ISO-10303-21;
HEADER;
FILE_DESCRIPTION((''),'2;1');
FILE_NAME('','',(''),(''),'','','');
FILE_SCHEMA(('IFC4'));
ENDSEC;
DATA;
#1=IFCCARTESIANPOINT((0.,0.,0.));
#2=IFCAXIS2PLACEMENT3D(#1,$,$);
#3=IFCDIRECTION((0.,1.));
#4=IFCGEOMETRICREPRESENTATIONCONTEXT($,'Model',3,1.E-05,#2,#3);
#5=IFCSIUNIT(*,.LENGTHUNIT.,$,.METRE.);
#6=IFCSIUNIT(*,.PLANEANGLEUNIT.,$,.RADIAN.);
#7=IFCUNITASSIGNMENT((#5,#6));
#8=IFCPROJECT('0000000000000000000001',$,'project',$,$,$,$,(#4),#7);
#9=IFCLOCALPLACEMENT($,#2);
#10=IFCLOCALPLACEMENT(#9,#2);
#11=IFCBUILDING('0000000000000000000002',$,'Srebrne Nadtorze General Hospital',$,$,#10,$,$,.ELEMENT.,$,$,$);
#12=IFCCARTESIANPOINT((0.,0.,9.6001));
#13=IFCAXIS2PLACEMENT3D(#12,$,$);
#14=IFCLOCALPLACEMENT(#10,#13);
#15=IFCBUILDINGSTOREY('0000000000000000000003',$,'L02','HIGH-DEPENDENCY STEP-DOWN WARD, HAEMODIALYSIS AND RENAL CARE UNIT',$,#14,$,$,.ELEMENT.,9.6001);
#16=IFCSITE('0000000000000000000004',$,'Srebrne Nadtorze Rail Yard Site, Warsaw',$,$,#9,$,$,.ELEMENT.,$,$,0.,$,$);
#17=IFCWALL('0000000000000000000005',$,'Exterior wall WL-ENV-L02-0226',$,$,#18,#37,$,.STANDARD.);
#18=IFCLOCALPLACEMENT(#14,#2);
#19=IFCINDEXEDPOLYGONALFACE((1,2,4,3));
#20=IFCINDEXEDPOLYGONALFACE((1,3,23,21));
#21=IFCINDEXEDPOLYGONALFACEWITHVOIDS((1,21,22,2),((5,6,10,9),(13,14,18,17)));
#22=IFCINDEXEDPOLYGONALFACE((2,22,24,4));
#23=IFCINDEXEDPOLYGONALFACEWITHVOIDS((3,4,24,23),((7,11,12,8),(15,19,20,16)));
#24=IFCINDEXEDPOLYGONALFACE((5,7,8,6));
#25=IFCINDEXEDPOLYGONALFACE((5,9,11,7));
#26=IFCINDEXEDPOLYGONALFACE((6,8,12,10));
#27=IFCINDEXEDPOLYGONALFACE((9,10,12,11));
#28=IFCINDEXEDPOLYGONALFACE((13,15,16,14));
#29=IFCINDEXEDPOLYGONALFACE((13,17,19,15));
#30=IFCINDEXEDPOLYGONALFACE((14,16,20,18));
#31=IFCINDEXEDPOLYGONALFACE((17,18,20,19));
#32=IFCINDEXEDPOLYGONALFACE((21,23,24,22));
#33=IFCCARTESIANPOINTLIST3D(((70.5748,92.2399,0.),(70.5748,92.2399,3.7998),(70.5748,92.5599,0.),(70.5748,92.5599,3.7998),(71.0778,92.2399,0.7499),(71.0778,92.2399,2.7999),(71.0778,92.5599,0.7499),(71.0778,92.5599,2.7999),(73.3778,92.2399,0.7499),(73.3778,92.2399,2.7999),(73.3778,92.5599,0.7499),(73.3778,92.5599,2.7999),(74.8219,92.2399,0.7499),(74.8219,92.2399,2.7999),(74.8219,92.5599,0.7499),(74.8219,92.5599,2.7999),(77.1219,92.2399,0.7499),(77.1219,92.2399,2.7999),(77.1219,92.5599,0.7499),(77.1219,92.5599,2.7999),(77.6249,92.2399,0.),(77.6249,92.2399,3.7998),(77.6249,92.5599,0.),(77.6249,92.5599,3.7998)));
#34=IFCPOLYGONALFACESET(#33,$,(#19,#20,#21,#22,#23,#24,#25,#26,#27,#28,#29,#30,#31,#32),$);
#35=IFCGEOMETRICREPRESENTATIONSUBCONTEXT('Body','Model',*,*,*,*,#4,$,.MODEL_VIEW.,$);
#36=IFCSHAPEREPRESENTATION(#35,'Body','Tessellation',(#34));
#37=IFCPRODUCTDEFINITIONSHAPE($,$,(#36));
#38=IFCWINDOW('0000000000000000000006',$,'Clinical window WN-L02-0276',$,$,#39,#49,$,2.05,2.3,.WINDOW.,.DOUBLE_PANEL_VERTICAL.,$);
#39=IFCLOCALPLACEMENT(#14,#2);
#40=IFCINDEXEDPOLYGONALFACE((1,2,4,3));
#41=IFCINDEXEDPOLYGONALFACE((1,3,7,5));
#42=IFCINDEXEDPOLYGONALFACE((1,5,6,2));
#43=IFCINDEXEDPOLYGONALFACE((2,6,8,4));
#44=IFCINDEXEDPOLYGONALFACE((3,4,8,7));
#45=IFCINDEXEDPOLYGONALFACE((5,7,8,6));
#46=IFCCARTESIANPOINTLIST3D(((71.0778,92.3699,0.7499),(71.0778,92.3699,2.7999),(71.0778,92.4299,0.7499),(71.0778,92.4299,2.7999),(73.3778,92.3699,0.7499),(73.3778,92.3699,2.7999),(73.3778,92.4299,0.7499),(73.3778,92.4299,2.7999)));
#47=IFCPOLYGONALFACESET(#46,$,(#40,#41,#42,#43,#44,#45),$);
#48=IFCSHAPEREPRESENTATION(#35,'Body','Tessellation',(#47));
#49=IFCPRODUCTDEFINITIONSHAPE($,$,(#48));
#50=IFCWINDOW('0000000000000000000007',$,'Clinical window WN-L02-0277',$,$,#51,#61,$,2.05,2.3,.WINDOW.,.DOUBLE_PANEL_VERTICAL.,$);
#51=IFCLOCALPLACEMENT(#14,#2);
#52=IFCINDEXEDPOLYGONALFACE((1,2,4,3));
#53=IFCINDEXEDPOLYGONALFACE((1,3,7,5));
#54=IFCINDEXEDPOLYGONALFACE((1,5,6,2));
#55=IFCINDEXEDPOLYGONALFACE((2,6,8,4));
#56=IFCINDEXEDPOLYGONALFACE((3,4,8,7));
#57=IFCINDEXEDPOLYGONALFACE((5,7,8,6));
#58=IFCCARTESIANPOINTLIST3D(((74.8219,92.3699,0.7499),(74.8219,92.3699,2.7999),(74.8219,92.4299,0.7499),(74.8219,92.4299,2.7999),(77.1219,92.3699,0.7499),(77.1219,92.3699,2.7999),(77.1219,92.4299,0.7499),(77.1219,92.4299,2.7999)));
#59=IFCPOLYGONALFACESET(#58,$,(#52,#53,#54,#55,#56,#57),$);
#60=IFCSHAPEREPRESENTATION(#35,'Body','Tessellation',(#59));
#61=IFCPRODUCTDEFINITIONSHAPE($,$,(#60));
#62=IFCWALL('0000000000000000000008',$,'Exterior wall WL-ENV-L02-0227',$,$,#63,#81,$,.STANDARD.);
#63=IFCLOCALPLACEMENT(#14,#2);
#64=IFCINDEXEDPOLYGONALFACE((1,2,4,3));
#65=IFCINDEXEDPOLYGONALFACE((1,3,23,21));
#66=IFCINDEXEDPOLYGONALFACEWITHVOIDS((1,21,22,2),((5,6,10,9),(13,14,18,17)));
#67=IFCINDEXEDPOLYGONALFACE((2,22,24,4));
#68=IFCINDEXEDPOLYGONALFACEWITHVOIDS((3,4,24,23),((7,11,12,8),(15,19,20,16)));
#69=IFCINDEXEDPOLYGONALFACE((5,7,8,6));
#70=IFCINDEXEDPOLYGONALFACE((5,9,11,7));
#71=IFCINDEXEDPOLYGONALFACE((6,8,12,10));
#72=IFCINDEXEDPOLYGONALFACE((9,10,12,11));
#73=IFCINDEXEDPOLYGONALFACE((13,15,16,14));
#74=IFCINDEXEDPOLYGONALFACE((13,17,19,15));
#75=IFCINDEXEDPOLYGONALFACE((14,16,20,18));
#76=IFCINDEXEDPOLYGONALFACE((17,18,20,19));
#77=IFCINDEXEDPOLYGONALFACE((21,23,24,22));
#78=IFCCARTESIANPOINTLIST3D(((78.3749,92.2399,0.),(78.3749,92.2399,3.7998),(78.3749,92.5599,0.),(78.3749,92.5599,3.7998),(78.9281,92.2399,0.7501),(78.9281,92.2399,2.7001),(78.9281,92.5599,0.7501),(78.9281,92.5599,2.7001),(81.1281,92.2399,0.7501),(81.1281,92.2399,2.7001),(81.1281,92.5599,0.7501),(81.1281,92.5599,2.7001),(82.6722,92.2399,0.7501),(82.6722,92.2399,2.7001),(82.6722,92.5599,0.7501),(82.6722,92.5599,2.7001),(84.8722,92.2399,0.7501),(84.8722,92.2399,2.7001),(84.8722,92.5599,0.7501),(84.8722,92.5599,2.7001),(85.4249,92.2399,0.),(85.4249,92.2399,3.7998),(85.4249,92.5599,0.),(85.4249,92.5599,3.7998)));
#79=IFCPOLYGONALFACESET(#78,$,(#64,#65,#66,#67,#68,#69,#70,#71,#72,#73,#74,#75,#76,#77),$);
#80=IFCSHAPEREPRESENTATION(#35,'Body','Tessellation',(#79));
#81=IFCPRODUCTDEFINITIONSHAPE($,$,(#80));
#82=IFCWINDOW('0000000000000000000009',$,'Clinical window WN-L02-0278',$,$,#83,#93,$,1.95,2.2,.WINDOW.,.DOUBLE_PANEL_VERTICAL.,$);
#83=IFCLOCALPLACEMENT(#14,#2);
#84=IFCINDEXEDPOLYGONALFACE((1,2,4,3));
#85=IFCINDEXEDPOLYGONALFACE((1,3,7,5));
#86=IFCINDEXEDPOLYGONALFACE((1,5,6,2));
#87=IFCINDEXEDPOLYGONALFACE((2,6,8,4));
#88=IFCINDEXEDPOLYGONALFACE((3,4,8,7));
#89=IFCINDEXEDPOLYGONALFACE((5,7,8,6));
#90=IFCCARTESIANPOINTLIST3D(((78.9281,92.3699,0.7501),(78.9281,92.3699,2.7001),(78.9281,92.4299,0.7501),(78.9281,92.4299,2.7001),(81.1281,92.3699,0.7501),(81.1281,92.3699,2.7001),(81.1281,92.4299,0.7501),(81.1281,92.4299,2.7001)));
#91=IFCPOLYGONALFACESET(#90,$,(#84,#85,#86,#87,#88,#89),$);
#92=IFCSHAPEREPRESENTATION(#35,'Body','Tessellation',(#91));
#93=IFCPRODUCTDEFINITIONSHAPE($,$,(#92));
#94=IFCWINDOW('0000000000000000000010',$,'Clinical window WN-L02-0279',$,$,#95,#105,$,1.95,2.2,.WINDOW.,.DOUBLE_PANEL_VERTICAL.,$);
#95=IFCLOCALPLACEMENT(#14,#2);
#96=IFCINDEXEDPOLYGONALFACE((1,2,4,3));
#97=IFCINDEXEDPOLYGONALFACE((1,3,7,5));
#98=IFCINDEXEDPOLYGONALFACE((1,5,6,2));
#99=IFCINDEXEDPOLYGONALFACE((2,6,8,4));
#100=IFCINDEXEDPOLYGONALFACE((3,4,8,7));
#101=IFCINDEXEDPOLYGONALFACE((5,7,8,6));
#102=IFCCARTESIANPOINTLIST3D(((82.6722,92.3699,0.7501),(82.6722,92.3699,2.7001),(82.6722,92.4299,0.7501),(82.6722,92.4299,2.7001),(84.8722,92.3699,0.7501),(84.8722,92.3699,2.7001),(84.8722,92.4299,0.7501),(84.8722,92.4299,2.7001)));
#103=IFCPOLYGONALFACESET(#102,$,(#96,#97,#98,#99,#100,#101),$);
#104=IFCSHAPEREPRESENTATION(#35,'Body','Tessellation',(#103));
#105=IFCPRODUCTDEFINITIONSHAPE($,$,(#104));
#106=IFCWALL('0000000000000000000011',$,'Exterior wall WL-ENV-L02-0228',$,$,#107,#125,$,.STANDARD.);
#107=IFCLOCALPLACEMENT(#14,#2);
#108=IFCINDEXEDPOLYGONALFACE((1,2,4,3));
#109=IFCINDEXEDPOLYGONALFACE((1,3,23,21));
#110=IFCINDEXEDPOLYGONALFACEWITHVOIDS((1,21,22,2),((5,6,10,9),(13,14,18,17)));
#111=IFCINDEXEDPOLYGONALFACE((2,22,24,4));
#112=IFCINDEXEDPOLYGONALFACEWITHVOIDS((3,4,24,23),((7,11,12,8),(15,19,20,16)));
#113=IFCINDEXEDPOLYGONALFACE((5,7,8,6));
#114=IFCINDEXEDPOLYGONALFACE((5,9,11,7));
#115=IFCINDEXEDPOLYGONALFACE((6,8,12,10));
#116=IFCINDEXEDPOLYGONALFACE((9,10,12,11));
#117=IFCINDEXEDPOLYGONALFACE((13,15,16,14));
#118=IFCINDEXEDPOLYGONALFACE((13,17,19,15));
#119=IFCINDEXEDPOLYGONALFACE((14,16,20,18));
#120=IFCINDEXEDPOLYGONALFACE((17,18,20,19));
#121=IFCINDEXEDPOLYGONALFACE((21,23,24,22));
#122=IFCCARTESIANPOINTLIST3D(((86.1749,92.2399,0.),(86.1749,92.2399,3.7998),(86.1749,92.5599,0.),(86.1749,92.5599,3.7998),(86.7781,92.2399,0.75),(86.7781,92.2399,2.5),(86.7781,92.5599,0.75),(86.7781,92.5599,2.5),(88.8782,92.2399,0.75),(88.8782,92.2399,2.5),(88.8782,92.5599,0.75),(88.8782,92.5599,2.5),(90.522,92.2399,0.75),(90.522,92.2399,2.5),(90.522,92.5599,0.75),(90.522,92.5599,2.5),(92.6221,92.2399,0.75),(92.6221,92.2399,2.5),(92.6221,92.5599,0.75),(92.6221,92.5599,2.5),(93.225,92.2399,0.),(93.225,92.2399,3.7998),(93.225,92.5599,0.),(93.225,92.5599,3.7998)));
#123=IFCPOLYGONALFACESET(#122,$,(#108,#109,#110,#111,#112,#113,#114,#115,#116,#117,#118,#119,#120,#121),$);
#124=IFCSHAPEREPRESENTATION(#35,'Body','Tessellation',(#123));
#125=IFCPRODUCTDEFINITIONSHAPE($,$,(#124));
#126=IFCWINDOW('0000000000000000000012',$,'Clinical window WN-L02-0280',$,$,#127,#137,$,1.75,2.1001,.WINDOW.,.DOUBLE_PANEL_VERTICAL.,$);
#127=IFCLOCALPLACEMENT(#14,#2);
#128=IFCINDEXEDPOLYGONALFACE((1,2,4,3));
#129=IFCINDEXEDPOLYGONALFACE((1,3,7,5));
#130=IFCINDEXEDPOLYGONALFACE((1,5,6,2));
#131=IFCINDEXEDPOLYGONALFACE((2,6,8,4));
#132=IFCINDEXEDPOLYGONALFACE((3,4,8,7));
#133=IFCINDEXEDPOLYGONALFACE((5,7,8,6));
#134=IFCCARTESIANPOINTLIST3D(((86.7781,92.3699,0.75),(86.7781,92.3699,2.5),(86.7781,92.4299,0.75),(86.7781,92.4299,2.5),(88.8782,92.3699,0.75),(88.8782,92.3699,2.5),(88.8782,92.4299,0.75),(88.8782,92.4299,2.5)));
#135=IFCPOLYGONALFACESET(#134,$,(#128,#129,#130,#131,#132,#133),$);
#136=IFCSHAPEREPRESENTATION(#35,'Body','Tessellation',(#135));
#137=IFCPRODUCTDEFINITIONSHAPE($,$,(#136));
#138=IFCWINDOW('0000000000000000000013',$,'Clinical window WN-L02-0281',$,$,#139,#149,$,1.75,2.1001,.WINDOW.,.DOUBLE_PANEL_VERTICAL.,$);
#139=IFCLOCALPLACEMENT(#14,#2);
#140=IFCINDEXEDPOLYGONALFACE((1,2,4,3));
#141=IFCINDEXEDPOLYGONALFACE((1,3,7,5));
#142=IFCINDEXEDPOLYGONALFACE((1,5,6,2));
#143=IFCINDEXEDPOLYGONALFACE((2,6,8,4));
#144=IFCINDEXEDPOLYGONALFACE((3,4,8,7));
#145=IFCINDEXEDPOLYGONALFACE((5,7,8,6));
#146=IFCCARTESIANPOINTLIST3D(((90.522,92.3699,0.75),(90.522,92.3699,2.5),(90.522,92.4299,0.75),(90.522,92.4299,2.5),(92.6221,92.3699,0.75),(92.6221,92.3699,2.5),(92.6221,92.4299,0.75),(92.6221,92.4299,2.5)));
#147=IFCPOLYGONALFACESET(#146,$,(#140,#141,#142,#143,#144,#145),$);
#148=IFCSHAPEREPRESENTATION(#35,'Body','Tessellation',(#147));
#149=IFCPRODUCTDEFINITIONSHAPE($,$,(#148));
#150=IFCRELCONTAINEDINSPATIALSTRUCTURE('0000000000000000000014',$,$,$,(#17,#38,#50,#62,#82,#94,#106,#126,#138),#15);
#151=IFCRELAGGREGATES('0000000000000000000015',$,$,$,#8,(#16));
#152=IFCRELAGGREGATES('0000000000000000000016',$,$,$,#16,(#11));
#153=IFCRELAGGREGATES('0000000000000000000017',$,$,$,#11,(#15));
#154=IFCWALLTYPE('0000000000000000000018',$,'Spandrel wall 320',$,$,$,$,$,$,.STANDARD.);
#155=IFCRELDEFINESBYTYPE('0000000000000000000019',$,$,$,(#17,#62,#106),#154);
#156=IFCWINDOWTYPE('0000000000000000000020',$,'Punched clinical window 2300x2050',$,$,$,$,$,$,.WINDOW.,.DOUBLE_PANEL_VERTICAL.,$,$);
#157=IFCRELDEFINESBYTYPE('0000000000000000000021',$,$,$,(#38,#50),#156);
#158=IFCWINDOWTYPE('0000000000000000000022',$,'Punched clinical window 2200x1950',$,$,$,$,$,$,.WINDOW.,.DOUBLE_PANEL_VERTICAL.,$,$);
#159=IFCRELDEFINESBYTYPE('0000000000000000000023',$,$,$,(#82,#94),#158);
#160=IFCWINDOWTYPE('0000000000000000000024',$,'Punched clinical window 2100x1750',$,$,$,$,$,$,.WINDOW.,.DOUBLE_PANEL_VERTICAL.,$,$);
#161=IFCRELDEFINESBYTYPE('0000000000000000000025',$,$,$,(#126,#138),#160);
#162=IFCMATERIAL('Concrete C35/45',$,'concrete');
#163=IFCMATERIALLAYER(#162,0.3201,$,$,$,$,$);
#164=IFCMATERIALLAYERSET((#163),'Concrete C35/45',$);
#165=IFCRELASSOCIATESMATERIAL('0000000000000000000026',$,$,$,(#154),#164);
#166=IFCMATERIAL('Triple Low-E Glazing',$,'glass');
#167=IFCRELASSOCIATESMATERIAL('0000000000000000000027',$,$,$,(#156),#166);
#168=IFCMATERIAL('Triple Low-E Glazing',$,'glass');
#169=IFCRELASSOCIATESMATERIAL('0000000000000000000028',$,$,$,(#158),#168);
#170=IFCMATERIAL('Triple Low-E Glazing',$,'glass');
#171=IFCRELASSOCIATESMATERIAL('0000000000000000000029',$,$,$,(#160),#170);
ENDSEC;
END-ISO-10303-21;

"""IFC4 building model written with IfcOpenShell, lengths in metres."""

from ifc_helpers import new_model, si_unit, direction, frame, frame_2d, origin, place, context, subcontext, project, spatial, rectangle, extrude, material, layer, layer_set, type_object, element, fill, save


model = new_model("IFC4")

# Units and contexts
model_context = context("Model", 3, precision=1e-05, world=origin(), true_north=direction((0.0, 1.0)))
body_context = subcontext(model_context, "Body", "Model", "MODEL_VIEW")
ifc_project = project(units=[si_unit("LENGTHUNIT", "METRE"), si_unit("PLANEANGLEUNIT", "RADIAN")], contexts=[model_context])

# Site, building, storey
site_placement = place(None, origin())
site = spatial("IfcSite", under=ifc_project, at=site_placement, Name="Srebrne Nadtorze Rail Yard Site, Warsaw", CompositionType="ELEMENT", RefElevation=0.0)
building_placement = place(site_placement, origin())
building = spatial("IfcBuilding", under=site, at=building_placement, Name="Srebrne Nadtorze General Hospital", CompositionType="ELEMENT")
storey_placement = place(building_placement, frame((0.0, 0.0, 9.6001)))
storey = spatial("IfcBuildingStorey", under=building, at=storey_placement, Name="L02", Description="HIGH-DEPENDENCY STEP-DOWN WARD, HAEMODIALYSIS AND RENAL CARE UNIT", CompositionType="ELEMENT", Elevation=9.6001)

# Walls, openings, windows
ifc_material_1 = material(Name="Concrete C35/45", Category="concrete")
ifc_layer_1 = layer(ifc_material_1, 0.3201)
ifc_layer_set_1 = layer_set([ifc_layer_1], Name="Concrete C35/45")
wall_type_1 = type_object("IfcWallType", Name="Spandrel wall 320", PredefinedType="STANDARD", material=ifc_layer_set_1)
wall_1_placement = place(storey_placement, frame((70.575, 92.3999, 0.0), z_axis=(0.0, 0.0, 1.0), x_axis=(1.0, 0.0, 0.0)))
wall_1 = element("IfcWall", 1, at=wall_1_placement, inside=storey, type_object=wall_type_1, Name="Exterior wall WL-ENV-L02-0226", PredefinedType="STANDARD", context=body_context, shape_type="SweptSolid", body=[
    extrude(rectangle(XDim=7.05, YDim=0.3201, at=frame_2d((3.5249, 0.0))), origin(), (0.0, 0.0, 1.0), 3.7998),
])
opening_1_placement = place(wall_1_placement, frame((0.5029, 0.0, 0.75)))
opening_1 = element("IfcOpeningElement", 2, at=opening_1_placement, cuts=wall_1, PredefinedType="OPENING", context=body_context, shape_type="SweptSolid", body=[
    extrude(rectangle(XDim=2.3, YDim=2.05, at=frame_2d((1.1499, 1.0249))), frame((0.0, 0.1719, 0.0), z_axis=(0.0, -1.0, 0.0), x_axis=(1.0, 0.0, 0.0)), (0.0, 0.0, 1.0), 0.344),
])
opening_2_placement = place(wall_1_placement, frame((4.2471, 0.0, 0.75)))
opening_2 = element("IfcOpeningElement", 3, at=opening_2_placement, cuts=wall_1, PredefinedType="OPENING", context=body_context, shape_type="SweptSolid", body=[
    extrude(rectangle(XDim=2.3, YDim=2.05, at=frame_2d((1.1499, 1.0249))), frame((0.0, 0.1719, 0.0), z_axis=(0.0, -1.0, 0.0), x_axis=(1.0, 0.0, 0.0)), (0.0, 0.0, 1.0), 0.344),
])
ifc_material_2 = material(Name="Triple Low-E Glazing", Category="glass")
window_type_1 = type_object("IfcWindowType", Name="Punched clinical window 2300x2050", PartitioningType="DOUBLE_PANEL_VERTICAL", PredefinedType="WINDOW", material=ifc_material_2)
window_1_placement = place(opening_1_placement, origin())
window_1 = element("IfcWindow", 4, at=window_1_placement, inside=storey, type_object=window_type_1, Name="Clinical window WN-L02-0276", OverallHeight=2.05, OverallWidth=2.3, PartitioningType="DOUBLE_PANEL_VERTICAL", PredefinedType="WINDOW", context=body_context, shape_type="SweptSolid", body=[
    extrude(rectangle(XDim=2.3, YDim=2.05, at=frame_2d((1.1499, 1.0249))), frame((0.0, 0.03, 0.0), z_axis=(0.0, -1.0, 0.0), x_axis=(1.0, 0.0, 0.0)), (0.0, 0.0, 1.0), 0.0601),
])
fill(opening_1, window_1)
window_2_placement = place(opening_2_placement, origin())
window_2 = element("IfcWindow", 5, at=window_2_placement, inside=storey, type_object=window_type_1, Name="Clinical window WN-L02-0277", OverallHeight=2.05, OverallWidth=2.3, PartitioningType="DOUBLE_PANEL_VERTICAL", PredefinedType="WINDOW", context=body_context, shape_type="SweptSolid", body=[
    extrude(rectangle(XDim=2.3, YDim=2.05, at=frame_2d((1.1499, 1.0249))), frame((0.0, 0.03, 0.0), z_axis=(0.0, -1.0, 0.0), x_axis=(1.0, 0.0, 0.0)), (0.0, 0.0, 1.0), 0.0601),
])
fill(opening_2, window_2)
wall_2_placement = place(storey_placement, frame((78.375, 92.3999, 0.0), z_axis=(0.0, 0.0, 1.0), x_axis=(1.0, 0.0, 0.0)))
wall_2 = element("IfcWall", 6, at=wall_2_placement, inside=storey, type_object=wall_type_1, Name="Exterior wall WL-ENV-L02-0227", PredefinedType="STANDARD", context=body_context, shape_type="SweptSolid", body=[
    extrude(rectangle(XDim=7.05, YDim=0.3201, at=frame_2d((3.5249, 0.0))), origin(), (0.0, 0.0, 1.0), 3.7998),
])
opening_3_placement = place(wall_2_placement, frame((0.553, 0.0, 0.75)))
opening_3 = element("IfcOpeningElement", 7, at=opening_3_placement, cuts=wall_2, PredefinedType="OPENING", context=body_context, shape_type="SweptSolid", body=[
    extrude(rectangle(XDim=2.2, YDim=1.95, at=frame_2d((1.1001, 0.9751))), frame((0.0, 0.1719, 0.0), z_axis=(0.0, -1.0, 0.0), x_axis=(1.0, 0.0, 0.0)), (0.0, 0.0, 1.0), 0.344),
])
opening_4_placement = place(wall_2_placement, frame((4.2971, 0.0, 0.75)))
opening_4 = element("IfcOpeningElement", 8, at=opening_4_placement, cuts=wall_2, PredefinedType="OPENING", context=body_context, shape_type="SweptSolid", body=[
    extrude(rectangle(XDim=2.2, YDim=1.95, at=frame_2d((1.1001, 0.9751))), frame((0.0, 0.1719, 0.0), z_axis=(0.0, -1.0, 0.0), x_axis=(1.0, 0.0, 0.0)), (0.0, 0.0, 1.0), 0.344),
])
ifc_material_3 = material(Name="Triple Low-E Glazing", Category="glass")
window_type_2 = type_object("IfcWindowType", Name="Punched clinical window 2200x1950", PartitioningType="DOUBLE_PANEL_VERTICAL", PredefinedType="WINDOW", material=ifc_material_3)
window_3_placement = place(opening_3_placement, origin())
window_3 = element("IfcWindow", 9, at=window_3_placement, inside=storey, type_object=window_type_2, Name="Clinical window WN-L02-0278", OverallHeight=1.95, OverallWidth=2.2, PartitioningType="DOUBLE_PANEL_VERTICAL", PredefinedType="WINDOW", context=body_context, shape_type="SweptSolid", body=[
    extrude(rectangle(XDim=2.2, YDim=1.95, at=frame_2d((1.1001, 0.9751))), frame((0.0, 0.03, 0.0), z_axis=(0.0, -1.0, 0.0), x_axis=(1.0, 0.0, 0.0)), (0.0, 0.0, 1.0), 0.0601),
])
fill(opening_3, window_3)
window_4_placement = place(opening_4_placement, origin())
window_4 = element("IfcWindow", 10, at=window_4_placement, inside=storey, type_object=window_type_2, Name="Clinical window WN-L02-0279", OverallHeight=1.95, OverallWidth=2.2, PartitioningType="DOUBLE_PANEL_VERTICAL", PredefinedType="WINDOW", context=body_context, shape_type="SweptSolid", body=[
    extrude(rectangle(XDim=2.2, YDim=1.95, at=frame_2d((1.1001, 0.9751))), frame((0.0, 0.03, 0.0), z_axis=(0.0, -1.0, 0.0), x_axis=(1.0, 0.0, 0.0)), (0.0, 0.0, 1.0), 0.0601),
])
fill(opening_4, window_4)
wall_3_placement = place(storey_placement, frame((86.175, 92.3999, 0.0), z_axis=(0.0, 0.0, 1.0), x_axis=(1.0, 0.0, 0.0)))
wall_3 = element("IfcWall", 11, at=wall_3_placement, inside=storey, type_object=wall_type_1, Name="Exterior wall WL-ENV-L02-0228", PredefinedType="STANDARD", context=body_context, shape_type="SweptSolid", body=[
    extrude(rectangle(XDim=7.05, YDim=0.3201, at=frame_2d((3.5249, 0.0))), origin(), (0.0, 0.0, 1.0), 3.7998),
])
opening_5_placement = place(wall_3_placement, frame((0.603, 0.0, 0.75)))
opening_5 = element("IfcOpeningElement", 12, at=opening_5_placement, cuts=wall_3, PredefinedType="OPENING", context=body_context, shape_type="SweptSolid", body=[
    extrude(rectangle(XDim=2.1001, YDim=1.75, at=frame_2d((1.05, 0.875))), frame((0.0, 0.1719, 0.0), z_axis=(0.0, -1.0, 0.0), x_axis=(1.0, 0.0, 0.0)), (0.0, 0.0, 1.0), 0.344),
])
opening_6_placement = place(wall_3_placement, frame((4.3469, 0.0, 0.75)))
opening_6 = element("IfcOpeningElement", 13, at=opening_6_placement, cuts=wall_3, PredefinedType="OPENING", context=body_context, shape_type="SweptSolid", body=[
    extrude(rectangle(XDim=2.1001, YDim=1.75, at=frame_2d((1.05, 0.875))), frame((0.0, 0.1719, 0.0), z_axis=(0.0, -1.0, 0.0), x_axis=(1.0, 0.0, 0.0)), (0.0, 0.0, 1.0), 0.344),
])
ifc_material_4 = material(Name="Triple Low-E Glazing", Category="glass")
window_type_3 = type_object("IfcWindowType", Name="Punched clinical window 2100x1750", PartitioningType="DOUBLE_PANEL_VERTICAL", PredefinedType="WINDOW", material=ifc_material_4)
window_5_placement = place(opening_5_placement, origin())
window_5 = element("IfcWindow", 14, at=window_5_placement, inside=storey, type_object=window_type_3, Name="Clinical window WN-L02-0280", OverallHeight=1.75, OverallWidth=2.1001, PartitioningType="DOUBLE_PANEL_VERTICAL", PredefinedType="WINDOW", context=body_context, shape_type="SweptSolid", body=[
    extrude(rectangle(XDim=2.1001, YDim=1.75, at=frame_2d((1.05, 0.875))), frame((0.0, 0.03, 0.0), z_axis=(0.0, -1.0, 0.0), x_axis=(1.0, 0.0, 0.0)), (0.0, 0.0, 1.0), 0.0601),
])
fill(opening_5, window_5)
window_6_placement = place(opening_6_placement, origin())
window_6 = element("IfcWindow", 15, at=window_6_placement, inside=storey, type_object=window_type_3, Name="Clinical window WN-L02-0281", OverallHeight=1.75, OverallWidth=2.1001, PartitioningType="DOUBLE_PANEL_VERTICAL", PredefinedType="WINDOW", context=body_context, shape_type="SweptSolid", body=[
    extrude(rectangle(XDim=2.1001, YDim=1.75, at=frame_2d((1.05, 0.875))), frame((0.0, 0.03, 0.0), z_axis=(0.0, -1.0, 0.0), x_axis=(1.0, 0.0, 0.0)), (0.0, 0.0, 1.0), 0.0601),
])
fill(opening_6, window_6)

save(model, "model.ifc")
